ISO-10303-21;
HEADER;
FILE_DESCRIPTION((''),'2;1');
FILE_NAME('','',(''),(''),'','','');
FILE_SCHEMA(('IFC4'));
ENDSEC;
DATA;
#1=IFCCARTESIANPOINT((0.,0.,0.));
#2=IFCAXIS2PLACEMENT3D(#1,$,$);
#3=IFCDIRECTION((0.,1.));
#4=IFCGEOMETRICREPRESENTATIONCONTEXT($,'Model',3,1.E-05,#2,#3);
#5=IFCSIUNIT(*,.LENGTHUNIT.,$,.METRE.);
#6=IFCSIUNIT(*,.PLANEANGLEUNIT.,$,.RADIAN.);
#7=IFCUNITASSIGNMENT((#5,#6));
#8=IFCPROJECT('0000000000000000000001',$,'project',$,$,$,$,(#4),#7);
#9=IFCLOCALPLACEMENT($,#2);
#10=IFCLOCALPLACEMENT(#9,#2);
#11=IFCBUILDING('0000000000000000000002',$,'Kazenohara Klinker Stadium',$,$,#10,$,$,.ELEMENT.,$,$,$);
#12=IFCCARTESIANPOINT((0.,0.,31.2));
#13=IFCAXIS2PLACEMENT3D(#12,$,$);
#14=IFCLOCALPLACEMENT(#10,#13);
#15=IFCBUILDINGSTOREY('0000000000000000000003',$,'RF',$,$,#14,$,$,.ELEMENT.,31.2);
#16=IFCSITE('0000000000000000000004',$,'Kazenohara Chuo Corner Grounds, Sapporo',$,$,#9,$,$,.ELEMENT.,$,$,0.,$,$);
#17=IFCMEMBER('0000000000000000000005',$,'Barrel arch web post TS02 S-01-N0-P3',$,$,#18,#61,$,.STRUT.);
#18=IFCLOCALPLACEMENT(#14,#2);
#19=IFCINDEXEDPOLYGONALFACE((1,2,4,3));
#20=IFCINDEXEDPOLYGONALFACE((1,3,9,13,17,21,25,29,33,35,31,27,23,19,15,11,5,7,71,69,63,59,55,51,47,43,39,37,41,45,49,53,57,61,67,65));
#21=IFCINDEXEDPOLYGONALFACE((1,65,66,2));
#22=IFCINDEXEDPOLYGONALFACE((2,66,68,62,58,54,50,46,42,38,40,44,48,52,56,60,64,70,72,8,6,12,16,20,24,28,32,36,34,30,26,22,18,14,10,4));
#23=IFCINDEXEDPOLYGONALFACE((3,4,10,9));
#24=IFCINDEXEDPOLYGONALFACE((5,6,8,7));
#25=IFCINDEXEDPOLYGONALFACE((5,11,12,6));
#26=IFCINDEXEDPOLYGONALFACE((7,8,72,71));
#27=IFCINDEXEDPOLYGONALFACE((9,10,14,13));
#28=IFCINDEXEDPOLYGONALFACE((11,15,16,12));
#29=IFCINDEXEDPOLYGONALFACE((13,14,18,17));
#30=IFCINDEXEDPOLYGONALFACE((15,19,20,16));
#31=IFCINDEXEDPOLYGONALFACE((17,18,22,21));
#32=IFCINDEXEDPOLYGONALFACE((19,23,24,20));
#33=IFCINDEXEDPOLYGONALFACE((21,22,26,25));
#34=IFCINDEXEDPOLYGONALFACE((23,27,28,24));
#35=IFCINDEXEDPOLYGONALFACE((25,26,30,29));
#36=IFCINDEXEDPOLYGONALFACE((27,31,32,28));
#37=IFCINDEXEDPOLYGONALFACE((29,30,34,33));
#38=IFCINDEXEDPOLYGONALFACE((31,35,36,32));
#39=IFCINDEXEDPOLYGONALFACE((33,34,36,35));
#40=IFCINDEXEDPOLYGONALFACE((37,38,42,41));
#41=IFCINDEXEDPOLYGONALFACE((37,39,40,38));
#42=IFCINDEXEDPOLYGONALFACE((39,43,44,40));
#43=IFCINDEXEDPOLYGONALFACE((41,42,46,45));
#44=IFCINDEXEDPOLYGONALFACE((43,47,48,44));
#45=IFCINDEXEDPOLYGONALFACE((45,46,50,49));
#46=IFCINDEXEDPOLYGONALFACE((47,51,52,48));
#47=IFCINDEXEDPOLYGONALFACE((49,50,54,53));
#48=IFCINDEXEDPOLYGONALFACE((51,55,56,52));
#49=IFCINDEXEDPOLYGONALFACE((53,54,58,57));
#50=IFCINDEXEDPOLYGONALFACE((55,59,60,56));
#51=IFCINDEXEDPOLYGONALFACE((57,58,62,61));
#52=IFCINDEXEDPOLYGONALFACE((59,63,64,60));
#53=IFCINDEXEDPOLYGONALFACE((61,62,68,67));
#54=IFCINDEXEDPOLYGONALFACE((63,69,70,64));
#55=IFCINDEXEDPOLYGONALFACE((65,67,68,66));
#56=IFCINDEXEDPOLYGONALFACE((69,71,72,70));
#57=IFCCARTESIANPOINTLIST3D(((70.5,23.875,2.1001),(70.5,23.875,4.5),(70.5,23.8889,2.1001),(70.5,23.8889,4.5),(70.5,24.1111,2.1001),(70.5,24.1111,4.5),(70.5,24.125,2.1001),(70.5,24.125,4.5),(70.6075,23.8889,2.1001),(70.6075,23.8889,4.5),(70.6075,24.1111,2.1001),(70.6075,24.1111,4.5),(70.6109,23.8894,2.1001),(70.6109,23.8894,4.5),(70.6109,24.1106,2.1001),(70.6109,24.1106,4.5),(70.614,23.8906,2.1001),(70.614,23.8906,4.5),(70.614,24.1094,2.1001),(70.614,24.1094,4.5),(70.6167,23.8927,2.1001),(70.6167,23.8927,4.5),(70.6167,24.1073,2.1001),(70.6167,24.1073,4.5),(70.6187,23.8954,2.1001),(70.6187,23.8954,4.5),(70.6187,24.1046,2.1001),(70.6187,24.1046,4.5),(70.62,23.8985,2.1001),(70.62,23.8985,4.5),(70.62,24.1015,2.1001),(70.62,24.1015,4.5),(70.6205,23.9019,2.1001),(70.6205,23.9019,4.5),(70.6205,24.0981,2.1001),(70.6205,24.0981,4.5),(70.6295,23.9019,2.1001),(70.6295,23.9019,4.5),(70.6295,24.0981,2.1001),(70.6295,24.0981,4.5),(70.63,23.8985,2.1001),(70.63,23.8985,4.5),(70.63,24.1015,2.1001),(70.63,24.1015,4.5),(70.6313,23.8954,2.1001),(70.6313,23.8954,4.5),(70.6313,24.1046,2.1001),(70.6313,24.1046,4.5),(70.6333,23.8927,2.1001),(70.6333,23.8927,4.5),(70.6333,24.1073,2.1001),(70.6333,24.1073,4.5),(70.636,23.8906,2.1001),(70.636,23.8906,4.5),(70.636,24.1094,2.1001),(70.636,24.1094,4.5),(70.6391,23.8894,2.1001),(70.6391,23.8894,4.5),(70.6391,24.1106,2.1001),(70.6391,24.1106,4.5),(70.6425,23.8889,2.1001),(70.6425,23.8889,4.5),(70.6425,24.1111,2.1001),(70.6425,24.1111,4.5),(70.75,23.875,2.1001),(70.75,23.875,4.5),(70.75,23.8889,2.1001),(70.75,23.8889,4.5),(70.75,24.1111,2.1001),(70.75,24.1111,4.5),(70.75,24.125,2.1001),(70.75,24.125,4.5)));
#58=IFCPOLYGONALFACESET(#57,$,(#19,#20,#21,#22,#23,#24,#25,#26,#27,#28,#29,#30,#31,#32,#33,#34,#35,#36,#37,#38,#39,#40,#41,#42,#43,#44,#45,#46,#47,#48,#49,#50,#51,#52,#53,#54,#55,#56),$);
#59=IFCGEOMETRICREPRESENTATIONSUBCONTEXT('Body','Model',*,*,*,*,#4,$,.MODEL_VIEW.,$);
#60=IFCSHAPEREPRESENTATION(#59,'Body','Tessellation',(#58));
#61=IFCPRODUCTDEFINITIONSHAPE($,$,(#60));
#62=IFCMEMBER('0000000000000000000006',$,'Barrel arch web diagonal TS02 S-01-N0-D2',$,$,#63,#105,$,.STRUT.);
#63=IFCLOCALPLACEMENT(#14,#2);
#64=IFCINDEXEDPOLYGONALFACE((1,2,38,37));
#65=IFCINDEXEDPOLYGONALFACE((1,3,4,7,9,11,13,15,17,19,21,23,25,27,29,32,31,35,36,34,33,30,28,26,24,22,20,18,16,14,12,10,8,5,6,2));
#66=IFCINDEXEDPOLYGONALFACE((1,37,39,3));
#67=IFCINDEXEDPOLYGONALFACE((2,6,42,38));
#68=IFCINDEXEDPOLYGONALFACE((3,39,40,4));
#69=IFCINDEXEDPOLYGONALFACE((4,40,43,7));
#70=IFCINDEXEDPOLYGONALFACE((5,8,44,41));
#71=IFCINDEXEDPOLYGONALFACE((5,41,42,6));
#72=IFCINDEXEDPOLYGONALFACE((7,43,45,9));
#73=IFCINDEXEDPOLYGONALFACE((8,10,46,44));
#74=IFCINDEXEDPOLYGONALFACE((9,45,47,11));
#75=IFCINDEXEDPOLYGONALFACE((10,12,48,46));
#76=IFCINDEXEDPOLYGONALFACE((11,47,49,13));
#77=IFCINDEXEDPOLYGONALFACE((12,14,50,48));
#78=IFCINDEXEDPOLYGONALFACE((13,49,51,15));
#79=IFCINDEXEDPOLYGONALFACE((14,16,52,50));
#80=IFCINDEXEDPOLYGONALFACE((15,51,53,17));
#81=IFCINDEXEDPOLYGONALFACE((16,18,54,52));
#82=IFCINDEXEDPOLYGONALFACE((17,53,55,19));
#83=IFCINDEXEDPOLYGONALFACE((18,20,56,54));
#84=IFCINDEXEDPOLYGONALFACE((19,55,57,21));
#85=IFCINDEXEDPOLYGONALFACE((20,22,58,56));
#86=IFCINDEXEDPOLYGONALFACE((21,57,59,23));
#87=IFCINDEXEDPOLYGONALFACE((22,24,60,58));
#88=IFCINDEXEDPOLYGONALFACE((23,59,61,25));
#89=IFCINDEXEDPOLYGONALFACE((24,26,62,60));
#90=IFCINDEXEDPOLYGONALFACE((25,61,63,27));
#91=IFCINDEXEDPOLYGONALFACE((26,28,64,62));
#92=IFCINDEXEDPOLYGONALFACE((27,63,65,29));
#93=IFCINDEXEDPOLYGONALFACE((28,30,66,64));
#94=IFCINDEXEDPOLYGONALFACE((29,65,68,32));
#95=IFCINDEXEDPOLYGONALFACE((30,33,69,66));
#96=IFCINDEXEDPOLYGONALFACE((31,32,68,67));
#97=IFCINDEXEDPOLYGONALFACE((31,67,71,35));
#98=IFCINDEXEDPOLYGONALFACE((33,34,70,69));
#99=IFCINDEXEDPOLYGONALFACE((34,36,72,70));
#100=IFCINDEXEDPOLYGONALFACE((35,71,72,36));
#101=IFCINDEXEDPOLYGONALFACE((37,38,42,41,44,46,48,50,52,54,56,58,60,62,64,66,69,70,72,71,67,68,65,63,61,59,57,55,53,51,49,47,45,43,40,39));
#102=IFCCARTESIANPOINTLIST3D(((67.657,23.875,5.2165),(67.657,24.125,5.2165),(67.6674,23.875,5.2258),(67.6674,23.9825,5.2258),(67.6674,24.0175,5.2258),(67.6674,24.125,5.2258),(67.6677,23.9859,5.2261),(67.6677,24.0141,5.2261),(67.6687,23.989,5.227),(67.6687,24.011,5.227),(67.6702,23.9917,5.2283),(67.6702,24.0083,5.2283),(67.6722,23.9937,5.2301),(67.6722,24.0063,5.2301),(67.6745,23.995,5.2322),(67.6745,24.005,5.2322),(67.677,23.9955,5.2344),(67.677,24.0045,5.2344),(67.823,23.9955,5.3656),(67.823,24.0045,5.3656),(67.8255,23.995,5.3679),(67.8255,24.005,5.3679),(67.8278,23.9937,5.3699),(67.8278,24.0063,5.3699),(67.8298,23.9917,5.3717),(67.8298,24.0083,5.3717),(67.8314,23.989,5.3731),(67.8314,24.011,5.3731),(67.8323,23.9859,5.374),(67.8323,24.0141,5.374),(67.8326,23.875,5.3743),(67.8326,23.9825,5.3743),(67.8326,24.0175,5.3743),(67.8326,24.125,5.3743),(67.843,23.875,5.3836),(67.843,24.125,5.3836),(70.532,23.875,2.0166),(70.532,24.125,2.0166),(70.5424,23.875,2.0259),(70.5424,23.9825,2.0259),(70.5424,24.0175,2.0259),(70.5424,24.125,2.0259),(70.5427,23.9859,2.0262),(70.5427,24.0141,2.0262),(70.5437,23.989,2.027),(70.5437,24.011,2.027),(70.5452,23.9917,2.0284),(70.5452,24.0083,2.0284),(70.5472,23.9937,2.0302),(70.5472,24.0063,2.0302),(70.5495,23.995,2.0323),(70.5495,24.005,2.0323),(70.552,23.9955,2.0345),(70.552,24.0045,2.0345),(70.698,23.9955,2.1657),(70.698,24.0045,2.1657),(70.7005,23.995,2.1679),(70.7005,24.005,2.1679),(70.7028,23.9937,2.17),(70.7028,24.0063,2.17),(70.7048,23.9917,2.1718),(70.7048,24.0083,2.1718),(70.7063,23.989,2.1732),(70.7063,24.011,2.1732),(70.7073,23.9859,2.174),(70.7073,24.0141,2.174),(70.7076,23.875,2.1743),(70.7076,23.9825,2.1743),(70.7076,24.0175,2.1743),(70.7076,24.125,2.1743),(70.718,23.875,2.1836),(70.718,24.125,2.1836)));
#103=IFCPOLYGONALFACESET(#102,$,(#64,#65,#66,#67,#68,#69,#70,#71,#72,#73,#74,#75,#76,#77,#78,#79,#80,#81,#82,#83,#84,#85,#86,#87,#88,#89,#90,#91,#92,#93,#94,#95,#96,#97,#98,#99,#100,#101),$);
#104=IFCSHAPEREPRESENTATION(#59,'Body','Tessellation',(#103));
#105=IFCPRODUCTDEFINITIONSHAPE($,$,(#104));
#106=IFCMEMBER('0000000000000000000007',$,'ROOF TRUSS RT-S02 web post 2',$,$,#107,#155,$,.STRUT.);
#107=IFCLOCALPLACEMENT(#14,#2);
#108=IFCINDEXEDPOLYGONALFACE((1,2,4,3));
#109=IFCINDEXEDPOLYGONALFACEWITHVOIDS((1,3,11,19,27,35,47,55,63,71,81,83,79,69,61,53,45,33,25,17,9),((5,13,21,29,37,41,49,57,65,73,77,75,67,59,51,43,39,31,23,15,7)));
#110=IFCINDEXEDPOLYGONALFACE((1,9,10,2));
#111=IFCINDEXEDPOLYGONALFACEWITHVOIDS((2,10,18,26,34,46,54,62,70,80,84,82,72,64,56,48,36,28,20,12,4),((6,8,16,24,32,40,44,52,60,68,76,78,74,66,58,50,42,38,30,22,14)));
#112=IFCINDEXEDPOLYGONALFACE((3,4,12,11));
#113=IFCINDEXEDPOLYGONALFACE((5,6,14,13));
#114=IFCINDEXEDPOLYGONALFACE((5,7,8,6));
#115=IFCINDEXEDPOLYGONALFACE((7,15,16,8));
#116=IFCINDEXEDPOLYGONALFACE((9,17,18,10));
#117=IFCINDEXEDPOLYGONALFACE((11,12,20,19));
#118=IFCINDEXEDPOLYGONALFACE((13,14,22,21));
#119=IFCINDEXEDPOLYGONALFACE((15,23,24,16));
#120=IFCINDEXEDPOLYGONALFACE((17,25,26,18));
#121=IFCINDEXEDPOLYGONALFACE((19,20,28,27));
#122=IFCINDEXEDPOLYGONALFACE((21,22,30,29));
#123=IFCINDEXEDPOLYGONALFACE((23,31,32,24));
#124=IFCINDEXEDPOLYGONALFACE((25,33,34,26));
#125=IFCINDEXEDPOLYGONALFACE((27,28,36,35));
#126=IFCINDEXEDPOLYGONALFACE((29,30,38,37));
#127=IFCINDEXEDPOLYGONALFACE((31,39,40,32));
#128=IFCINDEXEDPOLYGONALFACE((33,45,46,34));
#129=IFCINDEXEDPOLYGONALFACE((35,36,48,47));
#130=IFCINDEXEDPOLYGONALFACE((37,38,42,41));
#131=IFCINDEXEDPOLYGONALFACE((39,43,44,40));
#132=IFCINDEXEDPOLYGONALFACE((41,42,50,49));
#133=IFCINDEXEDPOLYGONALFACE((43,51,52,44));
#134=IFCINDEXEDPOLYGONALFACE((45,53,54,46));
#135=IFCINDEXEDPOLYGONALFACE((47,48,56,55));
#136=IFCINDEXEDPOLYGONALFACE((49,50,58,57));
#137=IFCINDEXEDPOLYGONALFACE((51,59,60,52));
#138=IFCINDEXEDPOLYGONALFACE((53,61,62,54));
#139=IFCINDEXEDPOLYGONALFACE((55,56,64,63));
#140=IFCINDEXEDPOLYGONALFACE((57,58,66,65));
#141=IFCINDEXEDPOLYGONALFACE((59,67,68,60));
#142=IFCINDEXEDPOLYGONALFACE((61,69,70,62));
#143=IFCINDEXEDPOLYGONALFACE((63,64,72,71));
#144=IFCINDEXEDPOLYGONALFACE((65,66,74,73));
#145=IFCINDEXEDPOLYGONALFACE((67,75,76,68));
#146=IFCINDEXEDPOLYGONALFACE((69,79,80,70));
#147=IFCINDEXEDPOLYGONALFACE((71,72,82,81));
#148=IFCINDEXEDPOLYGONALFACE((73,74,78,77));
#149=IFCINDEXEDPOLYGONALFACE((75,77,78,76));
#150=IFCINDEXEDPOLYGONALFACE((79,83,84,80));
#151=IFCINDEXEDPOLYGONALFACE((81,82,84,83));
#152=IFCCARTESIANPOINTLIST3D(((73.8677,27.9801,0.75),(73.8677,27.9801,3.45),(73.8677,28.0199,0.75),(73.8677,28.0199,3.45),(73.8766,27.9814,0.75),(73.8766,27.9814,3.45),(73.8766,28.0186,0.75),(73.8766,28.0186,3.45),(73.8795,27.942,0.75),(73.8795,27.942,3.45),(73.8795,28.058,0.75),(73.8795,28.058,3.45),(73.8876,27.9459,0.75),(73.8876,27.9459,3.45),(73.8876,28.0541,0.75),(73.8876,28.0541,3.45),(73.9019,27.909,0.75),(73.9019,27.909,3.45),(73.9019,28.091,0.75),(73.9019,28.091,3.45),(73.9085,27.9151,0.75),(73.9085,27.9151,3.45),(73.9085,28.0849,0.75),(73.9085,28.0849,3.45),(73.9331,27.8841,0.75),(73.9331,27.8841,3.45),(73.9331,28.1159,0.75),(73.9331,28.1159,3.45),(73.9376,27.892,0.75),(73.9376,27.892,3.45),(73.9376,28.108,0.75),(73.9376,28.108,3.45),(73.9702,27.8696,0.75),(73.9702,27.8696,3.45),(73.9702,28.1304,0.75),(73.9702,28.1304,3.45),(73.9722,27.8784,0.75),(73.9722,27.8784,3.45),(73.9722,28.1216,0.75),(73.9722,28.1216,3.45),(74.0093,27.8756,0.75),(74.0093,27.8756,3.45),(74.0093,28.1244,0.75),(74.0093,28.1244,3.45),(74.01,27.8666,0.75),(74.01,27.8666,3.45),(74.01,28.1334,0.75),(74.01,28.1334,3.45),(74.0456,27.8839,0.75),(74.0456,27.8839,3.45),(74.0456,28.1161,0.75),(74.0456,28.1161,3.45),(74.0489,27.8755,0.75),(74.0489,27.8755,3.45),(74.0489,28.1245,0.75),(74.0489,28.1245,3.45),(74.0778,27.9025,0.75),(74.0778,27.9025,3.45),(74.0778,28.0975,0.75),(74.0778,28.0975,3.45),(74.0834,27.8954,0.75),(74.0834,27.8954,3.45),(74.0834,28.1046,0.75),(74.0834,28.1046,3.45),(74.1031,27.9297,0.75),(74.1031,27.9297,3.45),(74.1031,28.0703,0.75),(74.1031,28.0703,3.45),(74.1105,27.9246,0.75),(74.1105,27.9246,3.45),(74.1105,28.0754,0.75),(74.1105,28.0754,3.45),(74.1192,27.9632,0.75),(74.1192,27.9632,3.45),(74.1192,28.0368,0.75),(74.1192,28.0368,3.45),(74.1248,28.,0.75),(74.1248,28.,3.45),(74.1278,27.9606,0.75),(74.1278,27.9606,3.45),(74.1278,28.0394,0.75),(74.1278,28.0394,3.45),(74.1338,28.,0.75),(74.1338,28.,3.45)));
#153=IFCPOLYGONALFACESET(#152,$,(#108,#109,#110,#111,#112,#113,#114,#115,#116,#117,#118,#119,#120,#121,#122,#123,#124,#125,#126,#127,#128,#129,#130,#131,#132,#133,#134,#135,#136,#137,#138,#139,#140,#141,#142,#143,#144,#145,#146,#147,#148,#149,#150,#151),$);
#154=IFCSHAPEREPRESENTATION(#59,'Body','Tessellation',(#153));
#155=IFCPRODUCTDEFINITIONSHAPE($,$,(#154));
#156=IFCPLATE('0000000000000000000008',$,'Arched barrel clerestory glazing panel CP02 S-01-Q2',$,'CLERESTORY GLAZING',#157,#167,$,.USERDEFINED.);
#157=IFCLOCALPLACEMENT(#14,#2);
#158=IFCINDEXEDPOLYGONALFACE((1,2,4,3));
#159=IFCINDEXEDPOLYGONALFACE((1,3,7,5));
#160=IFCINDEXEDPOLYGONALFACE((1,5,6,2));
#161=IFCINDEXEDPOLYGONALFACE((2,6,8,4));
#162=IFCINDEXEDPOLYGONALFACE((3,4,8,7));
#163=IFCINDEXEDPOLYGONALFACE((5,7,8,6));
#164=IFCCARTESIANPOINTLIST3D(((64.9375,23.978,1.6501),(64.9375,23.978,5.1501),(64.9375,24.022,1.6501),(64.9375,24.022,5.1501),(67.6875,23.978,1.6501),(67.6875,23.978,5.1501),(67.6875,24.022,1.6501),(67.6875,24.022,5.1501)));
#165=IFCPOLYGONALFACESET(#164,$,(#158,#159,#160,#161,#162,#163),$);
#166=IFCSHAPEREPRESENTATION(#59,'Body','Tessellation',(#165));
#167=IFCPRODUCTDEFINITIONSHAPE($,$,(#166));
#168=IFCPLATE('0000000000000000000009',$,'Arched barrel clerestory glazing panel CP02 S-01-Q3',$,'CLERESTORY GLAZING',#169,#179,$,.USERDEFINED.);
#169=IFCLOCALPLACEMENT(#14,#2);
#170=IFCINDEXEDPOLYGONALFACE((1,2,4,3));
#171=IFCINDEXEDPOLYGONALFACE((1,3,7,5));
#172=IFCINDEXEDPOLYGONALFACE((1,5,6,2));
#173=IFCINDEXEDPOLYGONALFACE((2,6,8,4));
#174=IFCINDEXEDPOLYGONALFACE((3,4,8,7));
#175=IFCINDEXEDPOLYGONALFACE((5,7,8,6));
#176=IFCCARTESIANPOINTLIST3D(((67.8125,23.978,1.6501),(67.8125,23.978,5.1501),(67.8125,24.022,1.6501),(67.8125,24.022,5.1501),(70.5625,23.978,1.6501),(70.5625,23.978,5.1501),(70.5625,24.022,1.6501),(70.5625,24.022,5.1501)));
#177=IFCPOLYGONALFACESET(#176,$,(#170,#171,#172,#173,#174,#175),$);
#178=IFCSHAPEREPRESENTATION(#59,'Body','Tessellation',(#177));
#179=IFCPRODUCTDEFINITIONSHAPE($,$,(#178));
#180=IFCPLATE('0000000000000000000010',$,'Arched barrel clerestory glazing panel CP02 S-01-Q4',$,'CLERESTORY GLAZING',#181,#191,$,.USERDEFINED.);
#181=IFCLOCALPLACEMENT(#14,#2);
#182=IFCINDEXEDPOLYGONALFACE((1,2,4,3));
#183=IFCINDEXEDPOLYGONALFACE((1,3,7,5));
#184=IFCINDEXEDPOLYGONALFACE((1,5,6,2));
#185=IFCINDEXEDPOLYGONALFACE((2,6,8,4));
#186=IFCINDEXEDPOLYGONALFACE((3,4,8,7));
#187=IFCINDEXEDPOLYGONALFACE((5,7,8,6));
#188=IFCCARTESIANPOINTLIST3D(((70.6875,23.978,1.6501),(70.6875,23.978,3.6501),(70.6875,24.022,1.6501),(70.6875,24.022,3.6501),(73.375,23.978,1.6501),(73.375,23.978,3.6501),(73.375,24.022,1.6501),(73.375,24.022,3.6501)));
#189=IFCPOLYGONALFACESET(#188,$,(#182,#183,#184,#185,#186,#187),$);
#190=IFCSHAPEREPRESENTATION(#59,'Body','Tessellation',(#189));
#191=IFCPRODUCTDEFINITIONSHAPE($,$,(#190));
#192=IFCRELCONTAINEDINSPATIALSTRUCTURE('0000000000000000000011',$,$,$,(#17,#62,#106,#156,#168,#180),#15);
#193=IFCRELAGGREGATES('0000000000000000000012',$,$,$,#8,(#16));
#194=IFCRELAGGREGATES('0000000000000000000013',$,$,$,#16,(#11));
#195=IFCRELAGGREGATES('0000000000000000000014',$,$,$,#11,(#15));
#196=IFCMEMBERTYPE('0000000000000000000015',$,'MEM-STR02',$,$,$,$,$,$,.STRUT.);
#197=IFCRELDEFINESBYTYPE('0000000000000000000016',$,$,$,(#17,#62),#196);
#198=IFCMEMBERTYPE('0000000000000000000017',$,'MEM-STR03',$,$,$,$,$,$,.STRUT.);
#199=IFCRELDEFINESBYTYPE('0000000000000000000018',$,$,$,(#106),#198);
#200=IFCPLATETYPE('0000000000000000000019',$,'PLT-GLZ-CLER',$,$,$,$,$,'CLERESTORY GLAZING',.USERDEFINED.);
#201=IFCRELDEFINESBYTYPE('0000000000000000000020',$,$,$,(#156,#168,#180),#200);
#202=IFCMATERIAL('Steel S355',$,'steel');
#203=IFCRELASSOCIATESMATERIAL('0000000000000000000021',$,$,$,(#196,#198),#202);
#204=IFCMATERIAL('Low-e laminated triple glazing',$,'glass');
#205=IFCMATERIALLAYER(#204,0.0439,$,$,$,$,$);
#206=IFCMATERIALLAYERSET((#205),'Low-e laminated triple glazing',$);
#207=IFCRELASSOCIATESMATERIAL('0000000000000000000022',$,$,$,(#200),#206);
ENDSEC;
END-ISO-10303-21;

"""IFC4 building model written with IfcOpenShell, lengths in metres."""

from ifc_helpers import new_model, si_unit, direction, frame, origin, origin_2d, place, context, subcontext, project, spatial, rectangle, hollow_circle, i_section, extrude, material, layer, layer_set, material_profile, profile_set, type_object, element, save


model = new_model("IFC4")

# Units and contexts
model_context = context("Model", 3, precision=1e-05, world=origin(), true_north=direction((0.0, 1.0)))
body_context = subcontext(model_context, "Body", "Model", "MODEL_VIEW")
ifc_project = project(units=[si_unit("LENGTHUNIT", "METRE"), si_unit("PLANEANGLEUNIT", "RADIAN")], contexts=[model_context])

# Site, building, storey
site_placement = place(None, origin())
site = spatial("IfcSite", under=ifc_project, at=site_placement, Name="Kazenohara Chuo Corner Grounds, Sapporo", CompositionType="ELEMENT", RefElevation=0.0)
building_placement = place(site_placement, origin())
building = spatial("IfcBuilding", under=site, at=building_placement, Name="Kazenohara Klinker Stadium", CompositionType="ELEMENT")
storey_placement = place(building_placement, frame((0.0, 0.0, 31.2)))
storey = spatial("IfcBuildingStorey", under=building, at=storey_placement, Name="RF", CompositionType="ELEMENT", Elevation=31.2)

# Members
ifc_material_1 = material(Name="Steel S355", Category="steel")
ifc_material_profile_1 = material_profile(ifc_material_1, i_section(OverallWidth=0.25, OverallDepth=0.25, WebThickness=0.009, FlangeThickness=0.0139, FilletRadius=0.0129, at=origin_2d()), Name="H-250x250x9x14")
ifc_profile_set_1 = profile_set([ifc_material_profile_1], Name="Steel S355")
member_type_1 = type_object("IfcMemberType", Name="MEM-STR02", PredefinedType="STRUT", material=ifc_profile_set_1)
member_1_placement = place(storey_placement, frame((70.625, 24.0, 2.1001), z_axis=(0.0, 0.0, 1.0), x_axis=(1.0, 0.0, 0.0)))
element("IfcMember", 1, at=member_1_placement, inside=storey, type_object=member_type_1, Name="Barrel arch web post TS02 S-01-N0-P3", PredefinedType="STRUT", context=body_context, shape_type="SweptSolid", body=[
    extrude(i_section(OverallWidth=0.25, OverallDepth=0.25, WebThickness=0.009, FlangeThickness=0.0139, FilletRadius=0.0129, at=origin_2d()), origin(), (0.0, 0.0, 1.0), 2.3999),
])
member_2_placement = place(storey_placement, frame((70.625, 24.0, 2.1001), z_axis=(-0.668328, 0.0, 0.743867), x_axis=(0.0, -1.0, 0.0)))
element("IfcMember", 2, at=member_2_placement, inside=storey, type_object=member_type_1, Name="Barrel arch web diagonal TS02 S-01-N0-D2", PredefinedType="STRUT", context=body_context, shape_type="SweptSolid", body=[
    extrude(i_section(OverallWidth=0.25, OverallDepth=0.25, WebThickness=0.009, FlangeThickness=0.0139, FilletRadius=0.0129, at=origin_2d()), origin(), (0.0, 0.0, 1.0), 4.3018),
])
ifc_material_profile_2 = material_profile(ifc_material_1, hollow_circle(Radius=0.1338, WallThickness=0.009, at=origin_2d()), Name="CHS-267.4x9")
ifc_profile_set_2 = profile_set([ifc_material_profile_2], Name="Steel S355")
member_type_2 = type_object("IfcMemberType", Name="MEM-STR03", PredefinedType="STRUT", material=ifc_profile_set_2)
member_3_placement = place(storey_placement, frame((74.0, 28.0, 0.75), z_axis=(0.0, 0.0, 1.0), x_axis=(1.0, 0.0, 0.0)))
element("IfcMember", 3, at=member_3_placement, inside=storey, type_object=member_type_2, Name="ROOF TRUSS RT-S02 web post 2", PredefinedType="STRUT", context=body_context, shape_type="SweptSolid", body=[
    extrude(hollow_circle(Radius=0.1338, WallThickness=0.009, at=origin_2d()), origin(), (0.0, 0.0, 1.0), 2.7),
])

# Plates
ifc_material_2 = material(Name="Low-e laminated triple glazing", Category="glass")
ifc_layer_1 = layer(ifc_material_2, 0.0439)
ifc_layer_set_1 = layer_set([ifc_layer_1], Name="Low-e laminated triple glazing")
plate_type_1 = type_object("IfcPlateType", Name="PLT-GLZ-CLER", ElementType="CLERESTORY GLAZING", PredefinedType="USERDEFINED", material=ifc_layer_set_1)
for number, where, z_axis, x_axis, name in (
    (4, (66.3125, 24.0, 1.6501), (0.0, 0.0, 1.0), (1.0, 0.0, 0.0), "Arched barrel clerestory glazing panel CP02 S-01-Q2"),
    (5, (69.1875, 24.0, 1.6501), (0.0, 0.0, 1.0), (1.0, 0.0, 0.0), "Arched barrel clerestory glazing panel CP02 S-01-Q3"),
):
    element("IfcPlate", number, at=place(storey_placement, frame(where, z_axis=z_axis, x_axis=x_axis)), inside=storey, type_object=plate_type_1, Name=name, ObjectType="CLERESTORY GLAZING", PredefinedType="USERDEFINED", context=body_context, shape_type="SweptSolid", body=[
        extrude(rectangle(XDim=2.75, YDim=0.0439, at=origin_2d()), origin(), (0.0, 0.0, 1.0), 3.5),
    ])
plate_1_placement = place(storey_placement, frame((72.0312, 24.0, 1.6501), z_axis=(0.0, 0.0, 1.0), x_axis=(1.0, 0.0, 0.0)))
element("IfcPlate", 6, at=plate_1_placement, inside=storey, type_object=plate_type_1, Name="Arched barrel clerestory glazing panel CP02 S-01-Q4", ObjectType="CLERESTORY GLAZING", PredefinedType="USERDEFINED", context=body_context, shape_type="SweptSolid", body=[
    extrude(rectangle(XDim=2.6875, YDim=0.0439, at=origin_2d()), origin(), (0.0, 0.0, 1.0), 2.0),
])

save(model, "model.ifc")
